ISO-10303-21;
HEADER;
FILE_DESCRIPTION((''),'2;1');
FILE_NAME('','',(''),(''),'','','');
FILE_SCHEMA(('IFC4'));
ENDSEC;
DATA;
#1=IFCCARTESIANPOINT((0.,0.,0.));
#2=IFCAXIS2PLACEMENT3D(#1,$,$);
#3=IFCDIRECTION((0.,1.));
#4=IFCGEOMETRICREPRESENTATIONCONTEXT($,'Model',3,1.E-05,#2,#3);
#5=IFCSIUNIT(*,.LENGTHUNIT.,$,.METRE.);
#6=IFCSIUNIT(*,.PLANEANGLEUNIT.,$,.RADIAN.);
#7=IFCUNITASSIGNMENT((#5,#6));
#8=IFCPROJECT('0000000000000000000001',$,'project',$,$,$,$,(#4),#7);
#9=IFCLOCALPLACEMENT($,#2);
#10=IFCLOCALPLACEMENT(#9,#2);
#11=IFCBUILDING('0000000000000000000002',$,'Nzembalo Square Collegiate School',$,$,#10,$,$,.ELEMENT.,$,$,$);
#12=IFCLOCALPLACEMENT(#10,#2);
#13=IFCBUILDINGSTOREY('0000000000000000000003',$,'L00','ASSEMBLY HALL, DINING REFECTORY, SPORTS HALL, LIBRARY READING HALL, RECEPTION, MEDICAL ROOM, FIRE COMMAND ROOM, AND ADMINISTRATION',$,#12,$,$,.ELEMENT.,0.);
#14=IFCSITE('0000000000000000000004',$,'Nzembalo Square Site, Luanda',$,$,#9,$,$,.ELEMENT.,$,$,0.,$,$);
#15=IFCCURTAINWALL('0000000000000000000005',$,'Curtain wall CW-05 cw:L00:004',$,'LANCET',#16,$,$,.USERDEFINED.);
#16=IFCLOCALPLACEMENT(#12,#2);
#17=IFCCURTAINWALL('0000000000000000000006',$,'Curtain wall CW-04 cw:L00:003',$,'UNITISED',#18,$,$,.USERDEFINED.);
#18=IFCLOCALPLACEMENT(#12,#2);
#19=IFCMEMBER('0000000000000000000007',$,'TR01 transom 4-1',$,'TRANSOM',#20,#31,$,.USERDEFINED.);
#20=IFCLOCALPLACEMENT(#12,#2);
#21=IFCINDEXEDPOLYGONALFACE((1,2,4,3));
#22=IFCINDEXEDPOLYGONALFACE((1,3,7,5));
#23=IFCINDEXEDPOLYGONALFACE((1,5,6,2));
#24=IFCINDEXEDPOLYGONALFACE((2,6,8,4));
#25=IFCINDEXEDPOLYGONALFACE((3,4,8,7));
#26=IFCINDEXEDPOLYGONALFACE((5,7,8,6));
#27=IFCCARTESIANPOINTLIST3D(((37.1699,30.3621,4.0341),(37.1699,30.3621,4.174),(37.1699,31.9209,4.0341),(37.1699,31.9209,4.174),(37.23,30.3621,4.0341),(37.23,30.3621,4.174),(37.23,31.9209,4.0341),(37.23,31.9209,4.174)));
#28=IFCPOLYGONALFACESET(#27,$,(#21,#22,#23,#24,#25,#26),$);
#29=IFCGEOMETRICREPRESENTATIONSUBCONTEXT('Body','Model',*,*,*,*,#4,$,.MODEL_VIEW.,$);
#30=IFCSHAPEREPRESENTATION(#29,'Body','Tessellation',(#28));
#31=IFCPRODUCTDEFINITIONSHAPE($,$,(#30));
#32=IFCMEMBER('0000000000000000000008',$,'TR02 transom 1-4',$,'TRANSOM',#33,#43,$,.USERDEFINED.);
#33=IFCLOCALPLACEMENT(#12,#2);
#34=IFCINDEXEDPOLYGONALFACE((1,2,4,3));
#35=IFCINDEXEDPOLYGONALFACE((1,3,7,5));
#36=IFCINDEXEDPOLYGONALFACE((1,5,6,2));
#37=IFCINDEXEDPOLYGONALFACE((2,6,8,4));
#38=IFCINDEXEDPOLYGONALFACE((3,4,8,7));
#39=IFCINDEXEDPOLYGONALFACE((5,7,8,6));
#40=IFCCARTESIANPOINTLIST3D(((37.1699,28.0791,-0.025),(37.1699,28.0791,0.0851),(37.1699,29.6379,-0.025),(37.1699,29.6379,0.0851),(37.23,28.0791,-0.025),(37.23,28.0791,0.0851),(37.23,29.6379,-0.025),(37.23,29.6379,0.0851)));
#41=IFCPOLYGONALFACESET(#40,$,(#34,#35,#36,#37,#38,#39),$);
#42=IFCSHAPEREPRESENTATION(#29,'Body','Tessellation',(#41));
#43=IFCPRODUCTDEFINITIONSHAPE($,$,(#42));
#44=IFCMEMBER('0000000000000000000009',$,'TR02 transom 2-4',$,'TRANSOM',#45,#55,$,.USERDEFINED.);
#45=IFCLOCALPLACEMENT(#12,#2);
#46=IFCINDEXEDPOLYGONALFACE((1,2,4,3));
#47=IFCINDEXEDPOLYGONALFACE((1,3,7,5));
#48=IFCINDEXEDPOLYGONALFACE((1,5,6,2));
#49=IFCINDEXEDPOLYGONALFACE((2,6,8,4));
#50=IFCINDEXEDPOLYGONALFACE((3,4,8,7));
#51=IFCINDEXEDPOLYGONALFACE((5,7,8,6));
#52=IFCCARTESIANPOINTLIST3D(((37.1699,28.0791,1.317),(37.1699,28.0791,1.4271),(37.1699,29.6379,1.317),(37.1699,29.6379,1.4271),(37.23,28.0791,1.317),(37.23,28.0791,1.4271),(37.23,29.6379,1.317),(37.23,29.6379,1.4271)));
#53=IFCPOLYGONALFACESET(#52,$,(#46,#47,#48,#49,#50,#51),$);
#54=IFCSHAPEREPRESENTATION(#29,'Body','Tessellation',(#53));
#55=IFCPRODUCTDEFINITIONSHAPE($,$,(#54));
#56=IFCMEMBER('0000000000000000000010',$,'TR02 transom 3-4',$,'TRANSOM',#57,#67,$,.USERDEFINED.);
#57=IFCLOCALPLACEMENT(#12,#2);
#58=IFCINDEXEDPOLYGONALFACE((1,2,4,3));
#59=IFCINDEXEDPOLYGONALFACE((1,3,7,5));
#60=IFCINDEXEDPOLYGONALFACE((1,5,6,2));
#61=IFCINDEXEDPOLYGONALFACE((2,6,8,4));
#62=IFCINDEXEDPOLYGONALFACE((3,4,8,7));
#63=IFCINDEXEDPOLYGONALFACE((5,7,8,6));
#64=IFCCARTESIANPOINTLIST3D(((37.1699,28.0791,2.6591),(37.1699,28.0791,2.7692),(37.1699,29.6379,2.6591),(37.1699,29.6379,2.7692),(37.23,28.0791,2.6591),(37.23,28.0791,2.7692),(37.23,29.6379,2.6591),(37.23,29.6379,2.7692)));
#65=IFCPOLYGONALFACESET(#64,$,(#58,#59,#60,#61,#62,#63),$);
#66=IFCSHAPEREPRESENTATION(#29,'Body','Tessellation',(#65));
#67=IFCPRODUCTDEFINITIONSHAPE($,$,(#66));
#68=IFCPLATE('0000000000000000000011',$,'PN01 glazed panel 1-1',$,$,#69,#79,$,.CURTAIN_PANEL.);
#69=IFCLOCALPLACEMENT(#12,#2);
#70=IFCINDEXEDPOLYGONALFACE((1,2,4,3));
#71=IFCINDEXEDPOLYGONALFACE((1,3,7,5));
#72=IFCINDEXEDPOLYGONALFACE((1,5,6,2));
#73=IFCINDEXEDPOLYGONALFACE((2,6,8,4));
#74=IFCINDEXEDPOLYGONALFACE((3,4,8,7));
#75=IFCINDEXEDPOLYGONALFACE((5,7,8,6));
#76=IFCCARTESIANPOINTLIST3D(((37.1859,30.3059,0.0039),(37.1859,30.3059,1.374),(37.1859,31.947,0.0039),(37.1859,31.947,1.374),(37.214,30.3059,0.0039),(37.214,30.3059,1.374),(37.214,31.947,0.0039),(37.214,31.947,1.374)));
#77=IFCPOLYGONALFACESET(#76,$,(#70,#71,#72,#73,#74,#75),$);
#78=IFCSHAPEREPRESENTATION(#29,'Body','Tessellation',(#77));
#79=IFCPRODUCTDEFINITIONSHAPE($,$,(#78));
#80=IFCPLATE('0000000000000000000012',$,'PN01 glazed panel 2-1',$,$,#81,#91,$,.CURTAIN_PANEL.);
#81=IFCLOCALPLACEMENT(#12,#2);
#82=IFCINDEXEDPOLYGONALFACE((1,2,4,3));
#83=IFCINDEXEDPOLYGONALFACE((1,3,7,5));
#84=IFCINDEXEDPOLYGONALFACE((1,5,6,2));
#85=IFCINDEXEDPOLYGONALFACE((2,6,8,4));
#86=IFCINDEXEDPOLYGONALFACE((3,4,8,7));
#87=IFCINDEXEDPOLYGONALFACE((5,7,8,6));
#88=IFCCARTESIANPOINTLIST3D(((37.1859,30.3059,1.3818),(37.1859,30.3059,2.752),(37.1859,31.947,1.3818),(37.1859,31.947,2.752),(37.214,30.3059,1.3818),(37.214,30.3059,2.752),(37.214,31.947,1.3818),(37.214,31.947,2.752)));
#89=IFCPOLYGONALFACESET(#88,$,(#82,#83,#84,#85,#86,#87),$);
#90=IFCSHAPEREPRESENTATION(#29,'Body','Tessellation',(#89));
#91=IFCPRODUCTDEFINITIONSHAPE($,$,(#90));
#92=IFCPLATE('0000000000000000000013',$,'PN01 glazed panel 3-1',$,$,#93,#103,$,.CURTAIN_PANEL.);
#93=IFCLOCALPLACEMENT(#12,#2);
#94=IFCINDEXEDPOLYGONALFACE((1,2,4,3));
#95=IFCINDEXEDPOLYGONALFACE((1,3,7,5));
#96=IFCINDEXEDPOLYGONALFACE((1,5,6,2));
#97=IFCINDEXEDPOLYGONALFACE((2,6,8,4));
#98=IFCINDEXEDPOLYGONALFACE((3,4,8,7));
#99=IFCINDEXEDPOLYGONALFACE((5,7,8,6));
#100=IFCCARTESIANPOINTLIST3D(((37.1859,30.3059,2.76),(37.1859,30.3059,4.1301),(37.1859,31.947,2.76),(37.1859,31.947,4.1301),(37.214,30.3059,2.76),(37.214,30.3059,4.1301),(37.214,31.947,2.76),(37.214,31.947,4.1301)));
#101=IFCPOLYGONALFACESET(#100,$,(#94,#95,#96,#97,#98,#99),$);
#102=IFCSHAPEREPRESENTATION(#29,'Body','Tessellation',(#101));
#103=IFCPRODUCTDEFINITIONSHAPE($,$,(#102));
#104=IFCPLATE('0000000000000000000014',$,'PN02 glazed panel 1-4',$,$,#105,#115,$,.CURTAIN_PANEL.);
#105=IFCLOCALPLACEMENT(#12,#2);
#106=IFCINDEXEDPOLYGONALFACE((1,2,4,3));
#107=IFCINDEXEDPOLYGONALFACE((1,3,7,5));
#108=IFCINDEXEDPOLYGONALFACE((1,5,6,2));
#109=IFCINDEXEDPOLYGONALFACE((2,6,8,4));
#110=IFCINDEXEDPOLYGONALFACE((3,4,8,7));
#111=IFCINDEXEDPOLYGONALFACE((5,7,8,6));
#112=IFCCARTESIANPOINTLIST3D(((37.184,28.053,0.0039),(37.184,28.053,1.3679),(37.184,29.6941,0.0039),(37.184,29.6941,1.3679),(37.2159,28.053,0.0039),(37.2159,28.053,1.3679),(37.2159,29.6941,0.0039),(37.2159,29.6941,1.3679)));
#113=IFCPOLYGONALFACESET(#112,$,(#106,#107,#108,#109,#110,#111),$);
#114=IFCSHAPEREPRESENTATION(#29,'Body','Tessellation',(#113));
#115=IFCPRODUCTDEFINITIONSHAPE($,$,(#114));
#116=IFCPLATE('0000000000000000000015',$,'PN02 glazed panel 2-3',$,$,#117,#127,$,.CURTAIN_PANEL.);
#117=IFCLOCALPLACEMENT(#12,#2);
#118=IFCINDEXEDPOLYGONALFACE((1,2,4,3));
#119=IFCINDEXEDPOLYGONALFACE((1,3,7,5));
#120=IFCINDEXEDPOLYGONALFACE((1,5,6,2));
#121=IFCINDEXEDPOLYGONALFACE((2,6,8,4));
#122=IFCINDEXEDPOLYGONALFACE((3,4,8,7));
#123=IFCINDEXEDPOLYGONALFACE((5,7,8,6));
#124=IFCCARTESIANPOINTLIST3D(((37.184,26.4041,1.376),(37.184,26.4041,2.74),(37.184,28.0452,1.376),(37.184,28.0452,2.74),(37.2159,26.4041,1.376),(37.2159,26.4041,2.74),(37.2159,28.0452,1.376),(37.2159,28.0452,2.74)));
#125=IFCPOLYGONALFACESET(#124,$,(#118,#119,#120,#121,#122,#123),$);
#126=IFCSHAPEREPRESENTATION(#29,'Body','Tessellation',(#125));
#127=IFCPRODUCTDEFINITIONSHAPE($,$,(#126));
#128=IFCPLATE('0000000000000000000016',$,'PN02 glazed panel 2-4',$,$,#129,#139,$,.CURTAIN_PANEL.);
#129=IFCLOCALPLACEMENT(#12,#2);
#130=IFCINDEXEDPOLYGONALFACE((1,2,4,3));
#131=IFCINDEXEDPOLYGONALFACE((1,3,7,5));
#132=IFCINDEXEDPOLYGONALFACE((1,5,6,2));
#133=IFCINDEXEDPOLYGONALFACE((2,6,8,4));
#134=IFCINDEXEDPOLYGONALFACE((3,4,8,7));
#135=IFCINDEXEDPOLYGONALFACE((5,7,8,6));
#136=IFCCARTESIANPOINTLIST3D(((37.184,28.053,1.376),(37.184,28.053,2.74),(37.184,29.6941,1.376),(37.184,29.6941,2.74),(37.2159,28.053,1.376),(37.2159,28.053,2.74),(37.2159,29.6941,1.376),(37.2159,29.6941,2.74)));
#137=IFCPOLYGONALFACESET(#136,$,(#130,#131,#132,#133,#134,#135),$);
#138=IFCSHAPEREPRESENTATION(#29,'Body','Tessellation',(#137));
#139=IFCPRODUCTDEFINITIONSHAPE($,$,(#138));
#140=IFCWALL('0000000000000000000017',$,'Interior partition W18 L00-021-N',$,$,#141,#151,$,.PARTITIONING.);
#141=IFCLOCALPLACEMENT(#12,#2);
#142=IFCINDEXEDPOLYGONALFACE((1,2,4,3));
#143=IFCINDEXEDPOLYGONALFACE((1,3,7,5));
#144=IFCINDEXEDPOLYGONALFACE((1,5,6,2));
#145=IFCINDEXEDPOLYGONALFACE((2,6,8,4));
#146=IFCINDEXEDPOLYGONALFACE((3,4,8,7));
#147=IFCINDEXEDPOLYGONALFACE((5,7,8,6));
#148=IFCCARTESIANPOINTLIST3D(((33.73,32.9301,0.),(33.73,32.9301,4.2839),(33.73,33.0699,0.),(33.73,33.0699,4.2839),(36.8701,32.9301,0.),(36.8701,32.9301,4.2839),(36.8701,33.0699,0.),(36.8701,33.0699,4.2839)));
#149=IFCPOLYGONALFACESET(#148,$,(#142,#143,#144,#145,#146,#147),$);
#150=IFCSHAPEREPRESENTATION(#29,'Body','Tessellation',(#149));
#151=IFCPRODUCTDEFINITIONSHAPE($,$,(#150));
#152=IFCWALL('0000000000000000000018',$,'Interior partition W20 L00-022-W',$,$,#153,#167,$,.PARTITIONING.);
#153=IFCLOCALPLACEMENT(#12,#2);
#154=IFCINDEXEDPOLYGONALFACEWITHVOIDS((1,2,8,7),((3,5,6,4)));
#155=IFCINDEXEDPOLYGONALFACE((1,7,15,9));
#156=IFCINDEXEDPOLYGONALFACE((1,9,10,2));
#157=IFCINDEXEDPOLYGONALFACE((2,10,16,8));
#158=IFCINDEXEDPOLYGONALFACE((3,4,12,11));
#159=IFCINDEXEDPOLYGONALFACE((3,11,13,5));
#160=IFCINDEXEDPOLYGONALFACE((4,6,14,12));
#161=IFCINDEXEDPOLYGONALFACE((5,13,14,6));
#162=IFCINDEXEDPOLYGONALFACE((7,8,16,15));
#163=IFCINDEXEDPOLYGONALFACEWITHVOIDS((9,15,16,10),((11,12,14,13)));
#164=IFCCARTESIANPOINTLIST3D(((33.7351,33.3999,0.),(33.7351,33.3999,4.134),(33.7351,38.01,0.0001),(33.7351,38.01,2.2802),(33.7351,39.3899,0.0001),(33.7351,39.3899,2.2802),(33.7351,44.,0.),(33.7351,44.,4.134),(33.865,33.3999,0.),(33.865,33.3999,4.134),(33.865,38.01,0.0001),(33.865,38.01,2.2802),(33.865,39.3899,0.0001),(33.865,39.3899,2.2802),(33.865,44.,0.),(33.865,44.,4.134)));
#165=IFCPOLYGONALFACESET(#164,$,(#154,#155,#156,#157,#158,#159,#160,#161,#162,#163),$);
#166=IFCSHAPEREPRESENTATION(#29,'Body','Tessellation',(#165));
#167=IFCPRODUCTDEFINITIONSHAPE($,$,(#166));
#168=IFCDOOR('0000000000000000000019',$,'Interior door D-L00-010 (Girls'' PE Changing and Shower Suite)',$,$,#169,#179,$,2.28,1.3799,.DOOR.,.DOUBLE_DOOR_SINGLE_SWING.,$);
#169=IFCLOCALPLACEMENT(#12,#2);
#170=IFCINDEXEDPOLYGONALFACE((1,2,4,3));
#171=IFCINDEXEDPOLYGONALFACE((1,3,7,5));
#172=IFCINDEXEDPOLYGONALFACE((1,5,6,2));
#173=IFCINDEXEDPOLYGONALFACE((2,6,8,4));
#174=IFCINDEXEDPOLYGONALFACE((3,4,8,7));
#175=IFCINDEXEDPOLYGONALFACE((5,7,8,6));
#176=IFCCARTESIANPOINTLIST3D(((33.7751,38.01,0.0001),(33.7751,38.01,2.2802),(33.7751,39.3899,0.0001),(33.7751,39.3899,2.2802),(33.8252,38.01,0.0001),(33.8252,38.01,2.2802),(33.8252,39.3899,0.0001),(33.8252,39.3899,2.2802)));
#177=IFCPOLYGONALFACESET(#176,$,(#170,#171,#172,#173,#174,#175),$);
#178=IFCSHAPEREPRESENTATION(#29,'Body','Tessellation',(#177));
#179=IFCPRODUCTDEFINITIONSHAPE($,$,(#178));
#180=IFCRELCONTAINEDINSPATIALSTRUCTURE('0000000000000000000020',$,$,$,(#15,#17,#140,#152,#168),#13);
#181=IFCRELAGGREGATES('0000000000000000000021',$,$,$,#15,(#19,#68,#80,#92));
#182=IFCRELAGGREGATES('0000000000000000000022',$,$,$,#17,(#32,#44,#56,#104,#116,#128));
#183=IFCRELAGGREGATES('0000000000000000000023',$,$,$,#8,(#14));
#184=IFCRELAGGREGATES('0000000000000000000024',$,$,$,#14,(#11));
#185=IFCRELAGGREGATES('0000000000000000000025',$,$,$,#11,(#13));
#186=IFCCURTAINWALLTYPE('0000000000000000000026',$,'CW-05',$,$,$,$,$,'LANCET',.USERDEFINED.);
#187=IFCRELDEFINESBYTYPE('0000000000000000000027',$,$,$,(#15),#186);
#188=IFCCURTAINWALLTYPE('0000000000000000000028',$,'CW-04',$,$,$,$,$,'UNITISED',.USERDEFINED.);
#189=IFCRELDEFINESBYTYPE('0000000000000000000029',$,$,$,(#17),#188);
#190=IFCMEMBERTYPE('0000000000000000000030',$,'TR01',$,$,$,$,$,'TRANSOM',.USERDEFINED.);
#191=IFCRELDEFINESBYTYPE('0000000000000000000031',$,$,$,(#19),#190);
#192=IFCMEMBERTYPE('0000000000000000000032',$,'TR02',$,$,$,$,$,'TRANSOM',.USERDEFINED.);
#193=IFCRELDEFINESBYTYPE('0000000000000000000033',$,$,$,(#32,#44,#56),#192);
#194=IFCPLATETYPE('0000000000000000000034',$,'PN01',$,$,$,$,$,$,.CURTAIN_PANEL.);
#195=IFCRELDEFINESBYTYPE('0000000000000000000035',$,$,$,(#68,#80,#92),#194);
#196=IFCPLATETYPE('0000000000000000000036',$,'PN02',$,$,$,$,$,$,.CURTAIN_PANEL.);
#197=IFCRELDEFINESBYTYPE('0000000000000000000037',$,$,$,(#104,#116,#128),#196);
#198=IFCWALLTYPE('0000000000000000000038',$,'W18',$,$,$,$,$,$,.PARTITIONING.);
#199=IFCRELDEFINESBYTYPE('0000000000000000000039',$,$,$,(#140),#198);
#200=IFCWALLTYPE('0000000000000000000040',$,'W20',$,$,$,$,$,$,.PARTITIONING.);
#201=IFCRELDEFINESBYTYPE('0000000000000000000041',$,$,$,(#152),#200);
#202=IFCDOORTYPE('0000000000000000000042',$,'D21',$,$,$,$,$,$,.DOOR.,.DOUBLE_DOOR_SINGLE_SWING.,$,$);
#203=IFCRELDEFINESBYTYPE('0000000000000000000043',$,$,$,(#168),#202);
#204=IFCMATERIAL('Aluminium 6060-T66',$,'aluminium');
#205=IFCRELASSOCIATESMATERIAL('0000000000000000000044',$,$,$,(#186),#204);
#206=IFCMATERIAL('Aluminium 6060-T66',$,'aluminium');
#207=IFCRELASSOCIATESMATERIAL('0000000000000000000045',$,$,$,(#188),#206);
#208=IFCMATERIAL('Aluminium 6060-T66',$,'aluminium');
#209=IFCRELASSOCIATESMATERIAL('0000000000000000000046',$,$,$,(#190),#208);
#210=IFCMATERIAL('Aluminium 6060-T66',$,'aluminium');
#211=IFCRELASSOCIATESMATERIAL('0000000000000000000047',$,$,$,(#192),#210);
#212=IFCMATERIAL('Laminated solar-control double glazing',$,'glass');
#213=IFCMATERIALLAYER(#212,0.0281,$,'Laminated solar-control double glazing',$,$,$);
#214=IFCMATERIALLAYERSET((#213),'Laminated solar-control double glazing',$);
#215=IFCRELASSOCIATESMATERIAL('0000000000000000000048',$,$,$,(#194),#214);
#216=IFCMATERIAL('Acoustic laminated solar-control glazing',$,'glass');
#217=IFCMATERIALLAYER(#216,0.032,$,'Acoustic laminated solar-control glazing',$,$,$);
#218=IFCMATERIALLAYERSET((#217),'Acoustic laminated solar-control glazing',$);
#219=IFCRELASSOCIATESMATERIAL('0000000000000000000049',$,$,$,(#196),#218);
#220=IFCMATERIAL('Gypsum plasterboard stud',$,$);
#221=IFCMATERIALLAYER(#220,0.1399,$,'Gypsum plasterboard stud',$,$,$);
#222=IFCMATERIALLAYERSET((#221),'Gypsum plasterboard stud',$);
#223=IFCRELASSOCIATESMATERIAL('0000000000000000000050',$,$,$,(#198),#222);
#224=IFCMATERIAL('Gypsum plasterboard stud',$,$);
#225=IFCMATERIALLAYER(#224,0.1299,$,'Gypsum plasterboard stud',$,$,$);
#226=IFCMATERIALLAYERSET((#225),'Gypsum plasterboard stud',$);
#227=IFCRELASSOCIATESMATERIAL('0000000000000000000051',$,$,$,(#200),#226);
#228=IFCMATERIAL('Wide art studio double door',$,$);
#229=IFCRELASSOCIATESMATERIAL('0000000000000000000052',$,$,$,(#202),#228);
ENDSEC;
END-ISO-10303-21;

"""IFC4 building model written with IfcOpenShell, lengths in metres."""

from ifc_helpers import new_model, si_unit, direction, frame, frame_2d, origin, origin_2d, place, context, subcontext, project, spatial, rectangle, extrude, material, layer, layer_set, material_profile, profile_set, type_object, element, fill, aggregate, save


model = new_model("IFC4")

# Units and contexts
model_context = context("Model", 3, precision=1e-05, world=origin(), true_north=direction((0.0, 1.0)))
body_context = subcontext(model_context, "Body", "Model", "MODEL_VIEW")
ifc_project = project(units=[si_unit("LENGTHUNIT", "METRE"), si_unit("PLANEANGLEUNIT", "RADIAN")], contexts=[model_context])

# Site, building, storey
site_placement = place(None, origin())
site = spatial("IfcSite", under=ifc_project, at=site_placement, Name="Nzembalo Square Site, Luanda", CompositionType="ELEMENT", RefElevation=0.0)
building_placement = place(site_placement, origin())
building = spatial("IfcBuilding", under=site, at=building_placement, Name="Nzembalo Square Collegiate School", CompositionType="ELEMENT")
storey_placement = place(building_placement, origin())
storey = spatial("IfcBuildingStorey", under=building, at=storey_placement, Name="L00", Description="ASSEMBLY HALL, DINING REFECTORY, SPORTS HALL, LIBRARY READING HALL, RECEPTION, MEDICAL ROOM, FIRE COMMAND ROOM, AND ADMINISTRATION", CompositionType="ELEMENT", Elevation=0.0)

# Curtain walls
ifc_material_1 = material(Name="Aluminium 6060-T66", Category="aluminium")
curtain_wall_type_1 = type_object("IfcCurtainWallType", Name="CW-05", ElementType="LANCET", PredefinedType="USERDEFINED", material=ifc_material_1)
curtain_wall_1_placement = place(storey_placement, origin())
curtain_wall_1 = element("IfcCurtainWall", 1, at=curtain_wall_1_placement, inside=storey, type_object=curtain_wall_type_1, Name="Curtain wall CW-05 cw:L00:004", ObjectType="LANCET", PredefinedType="USERDEFINED")
ifc_material_2 = material(Name="Aluminium 6060-T66", Category="aluminium")
curtain_wall_type_2 = type_object("IfcCurtainWallType", Name="CW-04", ElementType="UNITISED", PredefinedType="USERDEFINED", material=ifc_material_2)
curtain_wall_2_placement = place(storey_placement, origin())
curtain_wall_2 = element("IfcCurtainWall", 2, at=curtain_wall_2_placement, inside=storey, type_object=curtain_wall_type_2, Name="Curtain wall CW-04 cw:L00:003", ObjectType="UNITISED", PredefinedType="USERDEFINED")

# Members
ifc_material_3 = material(Name="Aluminium 6060-T66", Category="aluminium")
ifc_material_profile_1 = material_profile(ifc_material_3, rectangle(XDim=0.0601, YDim=0.1399, at=origin_2d()), Name="ALU T60x140")
ifc_profile_set_1 = profile_set([ifc_material_profile_1], Name="Aluminium 6060-T66")
member_type_1 = type_object("IfcMemberType", Name="TR01", ElementType="TRANSOM", PredefinedType="USERDEFINED", material=ifc_profile_set_1)
member_1_placement = place(storey_placement, frame((37.2, 30.3621, 4.104), z_axis=(0.0, 1.0, 0.0), x_axis=(-1.0, 0.0, 0.0)))
member_1 = element("IfcMember", 3, at=member_1_placement, type_object=member_type_1, Name="TR01 transom 4-1", ObjectType="TRANSOM", PredefinedType="USERDEFINED", context=body_context, shape_type="SweptSolid", body=[
    extrude(rectangle(XDim=0.0601, YDim=0.1399, at=origin_2d()), origin(), (0.0, 0.0, 1.0), 1.5588),
])
ifc_material_4 = material(Name="Aluminium 6060-T66", Category="aluminium")
ifc_material_profile_2 = material_profile(ifc_material_4, rectangle(XDim=0.0601, YDim=0.1101, at=origin_2d()), Name="ALU T60x110")
ifc_profile_set_2 = profile_set([ifc_material_profile_2], Name="Aluminium 6060-T66")
member_type_2 = type_object("IfcMemberType", Name="TR02", ElementType="TRANSOM", PredefinedType="USERDEFINED", material=ifc_profile_set_2)
member_2_placement = place(storey_placement, frame((37.2, 28.0791, 0.03), z_axis=(0.0, 1.0, 0.0), x_axis=(-1.0, 0.0, 0.0)))
member_2 = element("IfcMember", 4, at=member_2_placement, type_object=member_type_2, Name="TR02 transom 1-4", ObjectType="TRANSOM", PredefinedType="USERDEFINED", context=body_context, shape_type="SweptSolid", body=[
    extrude(rectangle(XDim=0.0601, YDim=0.1101, at=origin_2d()), origin(), (0.0, 0.0, 1.0), 1.5588),
])
member_3_placement = place(storey_placement, frame((37.2, 28.0791, 1.3721), z_axis=(0.0, 1.0, 0.0), x_axis=(-1.0, 0.0, 0.0)))
member_3 = element("IfcMember", 5, at=member_3_placement, type_object=member_type_2, Name="TR02 transom 2-4", ObjectType="TRANSOM", PredefinedType="USERDEFINED", context=body_context, shape_type="SweptSolid", body=[
    extrude(rectangle(XDim=0.0601, YDim=0.1101, at=origin_2d()), origin(), (0.0, 0.0, 1.0), 1.5588),
])
member_4_placement = place(storey_placement, frame((37.2, 28.0791, 2.7141), z_axis=(0.0, 1.0, 0.0), x_axis=(-1.0, 0.0, 0.0)))
member_4 = element("IfcMember", 6, at=member_4_placement, type_object=member_type_2, Name="TR02 transom 3-4", ObjectType="TRANSOM", PredefinedType="USERDEFINED", context=body_context, shape_type="SweptSolid", body=[
    extrude(rectangle(XDim=0.0601, YDim=0.1101, at=origin_2d()), origin(), (0.0, 0.0, 1.0), 1.5588),
])

# Plates
ifc_material_5 = material(Name="Laminated solar-control double glazing", Category="glass")
ifc_layer_1 = layer(ifc_material_5, 0.0281, Name="Laminated solar-control double glazing")
ifc_layer_set_1 = layer_set([ifc_layer_1], Name="Laminated solar-control double glazing")
plate_type_1 = type_object("IfcPlateType", Name="PN01", PredefinedType="CURTAIN_PANEL", material=ifc_layer_set_1)
plate_1_placement = place(storey_placement, frame((37.2, 31.1265, 0.0039), z_axis=(0.0, 0.0, 1.0), x_axis=(0.0, 1.0, 0.0)))
plate_1 = element("IfcPlate", 7, at=plate_1_placement, type_object=plate_type_1, Name="PN01 glazed panel 1-1", PredefinedType="CURTAIN_PANEL", context=body_context, shape_type="SweptSolid", body=[
    extrude(rectangle(XDim=1.6411, YDim=0.0281, at=origin_2d()), origin(), (0.0, 0.0, 1.0), 1.3701),
])
plate_2_placement = place(storey_placement, frame((37.2, 31.1265, 1.3818), z_axis=(0.0, 0.0, 1.0), x_axis=(0.0, 1.0, 0.0)))
plate_2 = element("IfcPlate", 8, at=plate_2_placement, type_object=plate_type_1, Name="PN01 glazed panel 2-1", PredefinedType="CURTAIN_PANEL", context=body_context, shape_type="SweptSolid", body=[
    extrude(rectangle(XDim=1.6411, YDim=0.0281, at=origin_2d()), origin(), (0.0, 0.0, 1.0), 1.3701),
])
plate_3_placement = place(storey_placement, frame((37.2, 31.1265, 2.76), z_axis=(0.0, 0.0, 1.0), x_axis=(0.0, 1.0, 0.0)))
plate_3 = element("IfcPlate", 9, at=plate_3_placement, type_object=plate_type_1, Name="PN01 glazed panel 3-1", PredefinedType="CURTAIN_PANEL", context=body_context, shape_type="SweptSolid", body=[
    extrude(rectangle(XDim=1.6411, YDim=0.0281, at=origin_2d()), origin(), (0.0, 0.0, 1.0), 1.3701),
])
aggregate(curtain_wall_1, [member_1, plate_1, plate_2, plate_3])
ifc_material_6 = material(Name="Acoustic laminated solar-control glazing", Category="glass")
ifc_layer_2 = layer(ifc_material_6, 0.032, Name="Acoustic laminated solar-control glazing")
ifc_layer_set_2 = layer_set([ifc_layer_2], Name="Acoustic laminated solar-control glazing")
plate_type_2 = type_object("IfcPlateType", Name="PN02", PredefinedType="CURTAIN_PANEL", material=ifc_layer_set_2)
plate_4_placement = place(storey_placement, frame((37.2, 28.8735, 0.0039), z_axis=(0.0, 0.0, 1.0), x_axis=(0.0, 1.0, 0.0)))
plate_4 = element("IfcPlate", 10, at=plate_4_placement, type_object=plate_type_2, Name="PN02 glazed panel 1-4", PredefinedType="CURTAIN_PANEL", context=body_context, shape_type="SweptSolid", body=[
    extrude(rectangle(XDim=1.6411, YDim=0.032, at=origin_2d()), origin(), (0.0, 0.0, 1.0), 1.364),
])
plate_5_placement = place(storey_placement, frame((37.2, 27.2246, 1.376), z_axis=(0.0, 0.0, 1.0), x_axis=(0.0, 1.0, 0.0)))
plate_5 = element("IfcPlate", 11, at=plate_5_placement, type_object=plate_type_2, Name="PN02 glazed panel 2-3", PredefinedType="CURTAIN_PANEL", context=body_context, shape_type="SweptSolid", body=[
    extrude(rectangle(XDim=1.6411, YDim=0.032, at=origin_2d()), origin(), (0.0, 0.0, 1.0), 1.364),
])
plate_6_placement = place(storey_placement, frame((37.2, 28.8735, 1.376), z_axis=(0.0, 0.0, 1.0), x_axis=(0.0, 1.0, 0.0)))
plate_6 = element("IfcPlate", 12, at=plate_6_placement, type_object=plate_type_2, Name="PN02 glazed panel 2-4", PredefinedType="CURTAIN_PANEL", context=body_context, shape_type="SweptSolid", body=[
    extrude(rectangle(XDim=1.6411, YDim=0.032, at=origin_2d()), origin(), (0.0, 0.0, 1.0), 1.364),
])
aggregate(curtain_wall_2, [member_2, member_3, member_4, plate_4, plate_5, plate_6])

# Wall
ifc_material_7 = material(Name="Gypsum plasterboard stud")
ifc_layer_3 = layer(ifc_material_7, 0.1399, Name="Gypsum plasterboard stud")
ifc_layer_set_3 = layer_set([ifc_layer_3], Name="Gypsum plasterboard stud")
wall_type_1 = type_object("IfcWallType", Name="W18", PredefinedType="PARTITIONING", material=ifc_layer_set_3)
wall_1_placement = place(storey_placement, frame((33.73, 33.0, 0.0), z_axis=(0.0, 0.0, 1.0), x_axis=(1.0, 0.0, 0.0)))
element("IfcWall", 13, at=wall_1_placement, inside=storey, type_object=wall_type_1, Name="Interior partition W18 L00-021-N", PredefinedType="PARTITIONING", context=body_context, shape_type="SweptSolid", body=[
    extrude(rectangle(XDim=3.1401, YDim=0.1399, at=frame_2d((1.5701, 0.0))), origin(), (0.0, 0.0, 1.0), 4.2839),
])

# Wall, opening, door
ifc_material_8 = material(Name="Gypsum plasterboard stud")
ifc_layer_4 = layer(ifc_material_8, 0.1299, Name="Gypsum plasterboard stud")
ifc_layer_set_4 = layer_set([ifc_layer_4], Name="Gypsum plasterboard stud")
wall_type_2 = type_object("IfcWallType", Name="W20", PredefinedType="PARTITIONING", material=ifc_layer_set_4)
wall_2_placement = place(storey_placement, frame((33.8, 33.3999, 0.0), z_axis=(0.0, 0.0, 1.0), x_axis=(0.0, 1.0, 0.0)))
wall_2 = element("IfcWall", 14, at=wall_2_placement, inside=storey, type_object=wall_type_2, Name="Interior partition W20 L00-022-W", PredefinedType="PARTITIONING", context=body_context, shape_type="SweptSolid", body=[
    extrude(rectangle(XDim=10.6001, YDim=0.1299, at=frame_2d((5.3, 0.0))), origin(), (0.0, 0.0, 1.0), 4.134),
])
opening_placement = place(wall_2_placement, frame((4.6101, 0.0, 0.0)))
opening = element("IfcOpeningElement", 15, at=opening_placement, cuts=wall_2, PredefinedType="OPENING", context=body_context, shape_type="SweptSolid", body=[
    extrude(rectangle(XDim=1.3799, YDim=2.28, at=frame_2d((0.6899, 1.1401))), frame((0.0, 0.075, 0.0), z_axis=(0.0, -1.0, 0.0), x_axis=(1.0, 0.0, 0.0)), (0.0, 0.0, 1.0), 0.1499),
])
ifc_material_9 = material(Name="Wide art studio double door")
door_type = type_object("IfcDoorType", Name="D21", OperationType="DOUBLE_DOOR_SINGLE_SWING", PredefinedType="DOOR", material=ifc_material_9)
door_placement = place(opening_placement, origin())
door = element("IfcDoor", 16, at=door_placement, inside=storey, type_object=door_type, Name="Interior door D-L00-010 (Girls' PE Changing and Shower Suite)", OperationType="DOUBLE_DOOR_SINGLE_SWING", OverallHeight=2.28, OverallWidth=1.3799, PredefinedType="DOOR", context=body_context, shape_type="SweptSolid", body=[
    extrude(rectangle(XDim=1.3799, YDim=2.28, at=frame_2d((0.6899, 1.1401))), frame((0.0, 0.0249, 0.0), z_axis=(0.0, -1.0, 0.0), x_axis=(1.0, 0.0, 0.0)), (0.0, 0.0, 1.0), 0.05),
])
fill(opening, door)

save(model, "model.ifc")
